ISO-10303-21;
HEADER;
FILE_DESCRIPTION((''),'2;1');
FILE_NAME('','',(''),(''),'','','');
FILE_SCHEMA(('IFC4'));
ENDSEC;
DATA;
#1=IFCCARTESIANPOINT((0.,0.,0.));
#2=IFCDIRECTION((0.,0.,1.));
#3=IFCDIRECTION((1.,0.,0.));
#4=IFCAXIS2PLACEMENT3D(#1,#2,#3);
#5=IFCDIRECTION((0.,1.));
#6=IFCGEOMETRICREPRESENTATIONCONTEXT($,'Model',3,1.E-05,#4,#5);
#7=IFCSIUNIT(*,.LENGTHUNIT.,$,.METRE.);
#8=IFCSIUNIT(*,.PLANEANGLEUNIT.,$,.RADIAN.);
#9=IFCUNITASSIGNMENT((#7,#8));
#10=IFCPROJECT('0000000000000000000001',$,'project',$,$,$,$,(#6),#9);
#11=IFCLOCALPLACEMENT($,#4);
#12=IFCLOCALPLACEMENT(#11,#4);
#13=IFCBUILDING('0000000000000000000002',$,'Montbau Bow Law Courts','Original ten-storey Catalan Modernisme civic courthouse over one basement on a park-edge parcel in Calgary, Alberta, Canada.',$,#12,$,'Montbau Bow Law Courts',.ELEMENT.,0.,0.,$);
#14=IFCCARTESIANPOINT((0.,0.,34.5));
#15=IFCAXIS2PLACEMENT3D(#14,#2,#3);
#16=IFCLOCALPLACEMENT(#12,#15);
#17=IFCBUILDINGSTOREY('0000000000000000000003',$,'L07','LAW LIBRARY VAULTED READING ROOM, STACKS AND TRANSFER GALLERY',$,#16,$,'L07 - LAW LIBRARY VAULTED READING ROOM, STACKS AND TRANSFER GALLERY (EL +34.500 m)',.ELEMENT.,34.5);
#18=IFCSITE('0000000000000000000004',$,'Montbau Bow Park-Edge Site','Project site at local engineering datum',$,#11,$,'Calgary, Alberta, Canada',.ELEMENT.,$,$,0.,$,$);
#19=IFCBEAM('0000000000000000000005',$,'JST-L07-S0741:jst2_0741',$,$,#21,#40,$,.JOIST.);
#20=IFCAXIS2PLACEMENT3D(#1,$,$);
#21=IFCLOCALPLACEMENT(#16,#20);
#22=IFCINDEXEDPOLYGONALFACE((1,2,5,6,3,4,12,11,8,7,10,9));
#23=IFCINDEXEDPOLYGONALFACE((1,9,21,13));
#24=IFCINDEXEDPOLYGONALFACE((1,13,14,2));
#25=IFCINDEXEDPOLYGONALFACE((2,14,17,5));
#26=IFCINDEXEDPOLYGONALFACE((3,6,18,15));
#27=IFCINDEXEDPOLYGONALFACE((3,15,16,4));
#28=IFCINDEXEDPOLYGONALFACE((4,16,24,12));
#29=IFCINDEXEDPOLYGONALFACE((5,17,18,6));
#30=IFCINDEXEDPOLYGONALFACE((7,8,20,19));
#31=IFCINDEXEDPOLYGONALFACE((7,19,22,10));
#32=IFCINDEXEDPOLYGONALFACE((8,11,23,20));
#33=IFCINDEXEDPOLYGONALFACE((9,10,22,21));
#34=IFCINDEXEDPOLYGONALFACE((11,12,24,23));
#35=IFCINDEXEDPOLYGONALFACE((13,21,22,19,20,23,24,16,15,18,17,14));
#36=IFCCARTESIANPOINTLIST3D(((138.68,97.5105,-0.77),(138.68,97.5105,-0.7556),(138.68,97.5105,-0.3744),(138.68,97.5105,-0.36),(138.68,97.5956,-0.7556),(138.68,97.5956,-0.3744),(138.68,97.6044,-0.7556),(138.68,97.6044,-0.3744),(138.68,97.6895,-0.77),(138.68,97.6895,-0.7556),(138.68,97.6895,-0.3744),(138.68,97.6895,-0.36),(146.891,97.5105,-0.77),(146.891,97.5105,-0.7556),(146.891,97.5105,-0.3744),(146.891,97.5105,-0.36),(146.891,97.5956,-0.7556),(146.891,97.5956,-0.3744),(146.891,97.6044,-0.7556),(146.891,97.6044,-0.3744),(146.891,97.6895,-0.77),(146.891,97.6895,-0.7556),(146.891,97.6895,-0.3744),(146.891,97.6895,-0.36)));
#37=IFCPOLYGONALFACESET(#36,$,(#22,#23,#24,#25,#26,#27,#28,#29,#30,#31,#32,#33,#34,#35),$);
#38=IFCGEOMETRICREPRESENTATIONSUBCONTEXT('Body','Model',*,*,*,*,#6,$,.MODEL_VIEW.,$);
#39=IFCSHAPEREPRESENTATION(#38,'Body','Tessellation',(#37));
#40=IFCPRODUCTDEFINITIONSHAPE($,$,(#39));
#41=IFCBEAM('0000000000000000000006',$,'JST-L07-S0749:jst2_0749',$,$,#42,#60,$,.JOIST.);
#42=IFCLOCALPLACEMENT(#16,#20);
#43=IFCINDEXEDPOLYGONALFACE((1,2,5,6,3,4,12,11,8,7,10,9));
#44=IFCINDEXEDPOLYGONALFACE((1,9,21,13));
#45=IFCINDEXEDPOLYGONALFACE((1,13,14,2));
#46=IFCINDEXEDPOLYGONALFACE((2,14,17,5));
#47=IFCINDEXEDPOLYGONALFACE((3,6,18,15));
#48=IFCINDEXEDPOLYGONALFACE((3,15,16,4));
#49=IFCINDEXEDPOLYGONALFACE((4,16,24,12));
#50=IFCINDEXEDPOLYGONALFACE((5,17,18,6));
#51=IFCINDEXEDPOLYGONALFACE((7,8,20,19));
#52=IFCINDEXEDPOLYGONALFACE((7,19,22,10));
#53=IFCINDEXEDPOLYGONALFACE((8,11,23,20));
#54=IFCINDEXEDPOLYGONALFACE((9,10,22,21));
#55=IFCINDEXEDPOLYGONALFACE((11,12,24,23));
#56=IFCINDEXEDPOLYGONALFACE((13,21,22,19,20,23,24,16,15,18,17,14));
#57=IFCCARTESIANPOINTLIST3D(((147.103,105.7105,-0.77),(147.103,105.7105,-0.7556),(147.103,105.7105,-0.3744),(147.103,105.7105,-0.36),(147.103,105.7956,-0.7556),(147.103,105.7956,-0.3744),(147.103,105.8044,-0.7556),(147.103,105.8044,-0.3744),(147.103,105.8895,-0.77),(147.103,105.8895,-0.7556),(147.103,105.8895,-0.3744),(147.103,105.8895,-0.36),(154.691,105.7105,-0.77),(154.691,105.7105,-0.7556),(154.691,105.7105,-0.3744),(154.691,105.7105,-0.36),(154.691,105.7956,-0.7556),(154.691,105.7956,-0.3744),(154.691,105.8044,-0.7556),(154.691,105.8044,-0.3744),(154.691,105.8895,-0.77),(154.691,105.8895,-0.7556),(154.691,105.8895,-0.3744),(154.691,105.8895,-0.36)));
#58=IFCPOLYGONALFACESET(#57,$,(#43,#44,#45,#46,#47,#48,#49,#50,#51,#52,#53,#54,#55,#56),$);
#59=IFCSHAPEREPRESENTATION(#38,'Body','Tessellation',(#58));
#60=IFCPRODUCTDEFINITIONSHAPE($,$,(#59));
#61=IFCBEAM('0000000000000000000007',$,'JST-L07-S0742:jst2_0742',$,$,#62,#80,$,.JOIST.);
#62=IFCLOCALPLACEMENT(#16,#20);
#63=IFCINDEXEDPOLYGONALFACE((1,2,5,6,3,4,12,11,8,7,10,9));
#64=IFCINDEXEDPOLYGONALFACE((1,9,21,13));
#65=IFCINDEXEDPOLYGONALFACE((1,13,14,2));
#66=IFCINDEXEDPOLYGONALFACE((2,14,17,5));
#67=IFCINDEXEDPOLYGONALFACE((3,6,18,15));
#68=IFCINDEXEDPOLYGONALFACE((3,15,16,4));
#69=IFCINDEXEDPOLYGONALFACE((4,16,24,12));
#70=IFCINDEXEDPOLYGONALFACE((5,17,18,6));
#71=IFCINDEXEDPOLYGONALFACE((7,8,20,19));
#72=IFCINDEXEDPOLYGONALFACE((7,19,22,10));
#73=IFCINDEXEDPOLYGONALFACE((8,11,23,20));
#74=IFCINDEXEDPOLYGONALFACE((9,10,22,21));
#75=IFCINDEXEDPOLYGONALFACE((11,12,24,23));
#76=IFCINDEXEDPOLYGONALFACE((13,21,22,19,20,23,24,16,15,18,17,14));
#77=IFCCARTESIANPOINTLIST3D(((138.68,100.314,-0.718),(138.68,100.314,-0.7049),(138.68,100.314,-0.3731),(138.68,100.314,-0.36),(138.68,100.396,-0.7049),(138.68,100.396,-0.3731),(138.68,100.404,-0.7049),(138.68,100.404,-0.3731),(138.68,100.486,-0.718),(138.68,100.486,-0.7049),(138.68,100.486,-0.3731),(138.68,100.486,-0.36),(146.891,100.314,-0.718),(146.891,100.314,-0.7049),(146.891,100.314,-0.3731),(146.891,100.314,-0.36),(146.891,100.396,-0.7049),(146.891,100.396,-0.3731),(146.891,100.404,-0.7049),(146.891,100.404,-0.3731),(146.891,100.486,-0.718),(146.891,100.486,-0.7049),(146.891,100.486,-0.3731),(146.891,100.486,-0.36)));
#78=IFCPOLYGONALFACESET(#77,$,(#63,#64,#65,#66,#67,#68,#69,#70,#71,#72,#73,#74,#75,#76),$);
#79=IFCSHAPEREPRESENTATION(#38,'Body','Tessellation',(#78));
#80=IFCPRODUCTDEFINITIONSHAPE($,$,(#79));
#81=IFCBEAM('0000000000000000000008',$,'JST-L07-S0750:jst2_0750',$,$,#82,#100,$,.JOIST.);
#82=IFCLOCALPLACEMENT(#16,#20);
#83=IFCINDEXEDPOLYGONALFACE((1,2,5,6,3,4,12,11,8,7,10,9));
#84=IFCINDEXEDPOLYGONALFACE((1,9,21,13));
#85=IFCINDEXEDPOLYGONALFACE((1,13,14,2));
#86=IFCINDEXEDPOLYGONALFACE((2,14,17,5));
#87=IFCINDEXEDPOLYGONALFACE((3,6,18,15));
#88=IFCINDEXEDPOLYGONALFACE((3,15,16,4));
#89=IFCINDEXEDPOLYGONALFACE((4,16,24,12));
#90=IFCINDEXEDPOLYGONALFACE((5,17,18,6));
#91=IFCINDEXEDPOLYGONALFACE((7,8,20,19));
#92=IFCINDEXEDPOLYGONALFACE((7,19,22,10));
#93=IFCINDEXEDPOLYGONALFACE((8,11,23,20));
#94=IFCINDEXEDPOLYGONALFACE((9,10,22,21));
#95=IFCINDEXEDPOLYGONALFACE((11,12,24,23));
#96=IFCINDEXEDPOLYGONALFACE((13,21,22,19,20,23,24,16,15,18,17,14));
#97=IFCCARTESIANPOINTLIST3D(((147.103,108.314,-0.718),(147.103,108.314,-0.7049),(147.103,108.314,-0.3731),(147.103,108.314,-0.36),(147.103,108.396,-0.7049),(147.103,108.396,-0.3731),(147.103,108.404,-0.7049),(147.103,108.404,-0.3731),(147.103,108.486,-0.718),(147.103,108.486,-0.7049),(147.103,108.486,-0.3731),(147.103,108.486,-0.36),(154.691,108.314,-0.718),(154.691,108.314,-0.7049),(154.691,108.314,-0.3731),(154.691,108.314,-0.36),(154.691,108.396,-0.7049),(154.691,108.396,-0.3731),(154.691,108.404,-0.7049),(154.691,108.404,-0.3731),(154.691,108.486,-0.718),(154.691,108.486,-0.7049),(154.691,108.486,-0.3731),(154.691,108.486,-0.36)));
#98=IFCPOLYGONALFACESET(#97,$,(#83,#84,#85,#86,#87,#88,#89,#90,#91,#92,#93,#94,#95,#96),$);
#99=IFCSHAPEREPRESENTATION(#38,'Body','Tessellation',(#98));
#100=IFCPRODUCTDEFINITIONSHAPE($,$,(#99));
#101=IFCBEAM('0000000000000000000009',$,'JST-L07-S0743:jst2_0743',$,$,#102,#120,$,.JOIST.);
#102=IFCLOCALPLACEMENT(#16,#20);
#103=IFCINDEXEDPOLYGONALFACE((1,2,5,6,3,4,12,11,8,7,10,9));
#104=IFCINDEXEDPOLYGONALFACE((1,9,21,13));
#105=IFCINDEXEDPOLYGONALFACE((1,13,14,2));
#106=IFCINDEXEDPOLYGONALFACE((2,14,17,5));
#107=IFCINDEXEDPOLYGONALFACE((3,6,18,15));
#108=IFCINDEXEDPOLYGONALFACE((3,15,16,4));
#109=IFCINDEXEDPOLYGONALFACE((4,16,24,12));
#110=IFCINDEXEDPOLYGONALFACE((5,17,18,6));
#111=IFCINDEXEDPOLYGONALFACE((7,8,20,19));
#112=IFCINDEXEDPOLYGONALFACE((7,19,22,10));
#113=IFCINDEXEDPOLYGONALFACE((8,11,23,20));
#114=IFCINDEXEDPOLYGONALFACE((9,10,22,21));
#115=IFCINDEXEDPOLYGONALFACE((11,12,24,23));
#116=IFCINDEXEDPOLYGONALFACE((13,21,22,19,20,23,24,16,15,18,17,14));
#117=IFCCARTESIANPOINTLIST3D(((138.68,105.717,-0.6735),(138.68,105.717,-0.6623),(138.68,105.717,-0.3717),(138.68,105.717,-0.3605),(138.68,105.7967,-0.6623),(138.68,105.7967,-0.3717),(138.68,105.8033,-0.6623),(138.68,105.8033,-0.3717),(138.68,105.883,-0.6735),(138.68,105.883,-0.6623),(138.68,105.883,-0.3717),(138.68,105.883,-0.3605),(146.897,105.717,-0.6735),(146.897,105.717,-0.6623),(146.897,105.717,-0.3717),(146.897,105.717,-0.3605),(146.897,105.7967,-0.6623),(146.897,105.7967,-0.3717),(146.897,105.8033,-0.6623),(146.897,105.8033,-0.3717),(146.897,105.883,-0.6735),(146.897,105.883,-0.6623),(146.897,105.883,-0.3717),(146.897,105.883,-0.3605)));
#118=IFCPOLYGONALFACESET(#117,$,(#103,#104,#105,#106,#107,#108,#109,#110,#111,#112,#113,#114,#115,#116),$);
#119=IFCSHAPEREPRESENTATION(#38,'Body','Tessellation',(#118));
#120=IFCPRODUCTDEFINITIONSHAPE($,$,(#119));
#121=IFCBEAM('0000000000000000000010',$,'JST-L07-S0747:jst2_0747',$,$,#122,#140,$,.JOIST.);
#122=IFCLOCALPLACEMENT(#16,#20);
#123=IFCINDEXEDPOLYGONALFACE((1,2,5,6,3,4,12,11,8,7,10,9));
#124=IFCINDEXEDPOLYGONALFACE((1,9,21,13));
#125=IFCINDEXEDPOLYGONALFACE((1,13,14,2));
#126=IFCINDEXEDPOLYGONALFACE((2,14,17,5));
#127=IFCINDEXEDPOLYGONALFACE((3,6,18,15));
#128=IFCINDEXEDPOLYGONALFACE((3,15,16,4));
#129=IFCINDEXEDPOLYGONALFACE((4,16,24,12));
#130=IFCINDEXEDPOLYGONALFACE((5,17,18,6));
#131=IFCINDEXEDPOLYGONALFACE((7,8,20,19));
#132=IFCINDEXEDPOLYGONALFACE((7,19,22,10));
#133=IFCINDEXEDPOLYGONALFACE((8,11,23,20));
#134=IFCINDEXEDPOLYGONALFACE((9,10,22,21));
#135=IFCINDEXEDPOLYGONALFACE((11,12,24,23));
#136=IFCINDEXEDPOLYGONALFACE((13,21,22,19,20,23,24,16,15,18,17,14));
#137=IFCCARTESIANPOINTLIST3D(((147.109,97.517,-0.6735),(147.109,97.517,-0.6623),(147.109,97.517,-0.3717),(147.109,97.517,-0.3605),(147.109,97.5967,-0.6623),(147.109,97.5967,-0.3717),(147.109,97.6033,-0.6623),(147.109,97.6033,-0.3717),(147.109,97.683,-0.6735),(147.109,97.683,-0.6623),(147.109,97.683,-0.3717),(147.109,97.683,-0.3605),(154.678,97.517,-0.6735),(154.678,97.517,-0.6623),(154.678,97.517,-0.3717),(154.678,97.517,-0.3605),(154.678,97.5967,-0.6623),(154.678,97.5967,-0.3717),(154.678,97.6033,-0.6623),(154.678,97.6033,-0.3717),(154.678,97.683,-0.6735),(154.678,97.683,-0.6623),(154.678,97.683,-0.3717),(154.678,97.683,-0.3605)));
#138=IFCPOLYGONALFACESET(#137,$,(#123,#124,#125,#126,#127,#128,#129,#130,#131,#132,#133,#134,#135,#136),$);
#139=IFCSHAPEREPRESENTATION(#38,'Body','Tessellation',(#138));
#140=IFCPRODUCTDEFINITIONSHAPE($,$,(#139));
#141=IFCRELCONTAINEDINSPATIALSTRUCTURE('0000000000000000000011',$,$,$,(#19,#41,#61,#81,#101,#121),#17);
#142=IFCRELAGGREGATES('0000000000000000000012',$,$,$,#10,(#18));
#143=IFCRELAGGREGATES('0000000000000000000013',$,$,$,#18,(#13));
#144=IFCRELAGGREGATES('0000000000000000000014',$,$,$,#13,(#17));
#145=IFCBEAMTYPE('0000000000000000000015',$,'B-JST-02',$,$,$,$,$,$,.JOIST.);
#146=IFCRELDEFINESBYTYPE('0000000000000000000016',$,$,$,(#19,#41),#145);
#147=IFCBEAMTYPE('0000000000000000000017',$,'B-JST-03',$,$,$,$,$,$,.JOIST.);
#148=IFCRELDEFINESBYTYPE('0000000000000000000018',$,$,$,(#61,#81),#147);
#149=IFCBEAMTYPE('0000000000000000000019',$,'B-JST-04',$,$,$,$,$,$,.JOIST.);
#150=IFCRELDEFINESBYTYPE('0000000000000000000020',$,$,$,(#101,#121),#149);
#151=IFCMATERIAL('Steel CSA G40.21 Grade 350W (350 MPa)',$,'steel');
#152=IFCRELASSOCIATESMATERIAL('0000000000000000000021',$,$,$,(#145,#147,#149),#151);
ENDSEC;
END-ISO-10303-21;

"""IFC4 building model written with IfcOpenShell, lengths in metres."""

from ifc_helpers import new_model, si_unit, direction, frame, origin_with_axes, origin_2d_with_axis, place, context, subcontext, project, spatial, i_section, extrude, material, material_profile, profile_set, type_object, element, save


model = new_model("IFC4")

# Units and contexts
model_context = context("Model", 3, precision=1e-05, world=origin_with_axes(), true_north=direction((0.0, 1.0)))
body_context = subcontext(model_context, "Body", "Model", "MODEL_VIEW")
ifc_project = project(units=[si_unit("LENGTHUNIT", "METRE"), si_unit("PLANEANGLEUNIT", "RADIAN")], contexts=[model_context])

# Site, building, storey
site_placement = place(None, origin_with_axes())
site = spatial("IfcSite", under=ifc_project, at=site_placement, Name="Montbau Bow Park-Edge Site", Description="Project site at local engineering datum", LongName="Calgary, Alberta, Canada", CompositionType="ELEMENT", RefElevation=0.0)
building_placement = place(site_placement, origin_with_axes())
building = spatial("IfcBuilding", under=site, at=building_placement, Name="Montbau Bow Law Courts", Description="Original ten-storey Catalan Modernisme civic courthouse over one basement on a park-edge parcel in Calgary, Alberta, Canada.", LongName="Montbau Bow Law Courts", CompositionType="ELEMENT", ElevationOfRefHeight=0.0, ElevationOfTerrain=0.0)
storey_placement = place(building_placement, frame((0.0, 0.0, 34.5), z_axis=(0.0, 0.0, 1.0), x_axis=(1.0, 0.0, 0.0)))
storey = spatial("IfcBuildingStorey", under=building, at=storey_placement, Name="L07", Description="LAW LIBRARY VAULTED READING ROOM, STACKS AND TRANSFER GALLERY", LongName="L07 - LAW LIBRARY VAULTED READING ROOM, STACKS AND TRANSFER GALLERY (EL +34.500 m)", CompositionType="ELEMENT", Elevation=34.5)

# Shared definitions
ifc_material_1 = material(Name="Steel CSA G40.21 Grade 350W (350 MPa)", Category="steel")

# Beams
ifc_material_profile_1 = material_profile(ifc_material_1, i_section(OverallWidth=0.179, OverallDepth=0.41, WebThickness=0.0088, FlangeThickness=0.0144, at=origin_2d_with_axis()), Name="W410X67", Category="Main", Priority=0)
ifc_profile_set_1 = profile_set([ifc_material_profile_1], Name="Steel CSA G40.21 Grade 350W (350 MPa)")
beam_type_1 = type_object("IfcBeamType", Name="B-JST-02", PredefinedType="JOIST", material=ifc_profile_set_1)
beam_1_placement = place(None, frame((138.68, 97.6, 33.935), z_axis=(1.0, 0.0, 0.0), x_axis=(0.0, 1.0, 0.0)))
element("IfcBeam", 1, at=beam_1_placement, inside=storey, type_object=beam_type_1, Name="JST-L07-S0741:jst2_0741", PredefinedType="JOIST", context=body_context, shape_type="SweptSolid", body=[
    extrude(i_section(OverallWidth=0.179, OverallDepth=0.41, WebThickness=0.0088, FlangeThickness=0.0144, at=origin_2d_with_axis()), origin_with_axes(), (0.0, 0.0, 1.0), 8.211),
])
beam_2_placement = place(None, frame((147.103, 105.8, 33.935), z_axis=(1.0, 0.0, 0.0), x_axis=(0.0, 1.0, 0.0)))
element("IfcBeam", 2, at=beam_2_placement, inside=storey, type_object=beam_type_1, Name="JST-L07-S0749:jst2_0749", PredefinedType="JOIST", context=body_context, shape_type="SweptSolid", body=[
    extrude(i_section(OverallWidth=0.179, OverallDepth=0.41, WebThickness=0.0088, FlangeThickness=0.0144, at=origin_2d_with_axis()), origin_with_axes(), (0.0, 0.0, 1.0), 7.588),
])
ifc_material_profile_2 = material_profile(ifc_material_1, i_section(OverallWidth=0.172, OverallDepth=0.358, WebThickness=0.0079, FlangeThickness=0.0131, at=origin_2d_with_axis()), Name="W360X57", Category="Main", Priority=0)
ifc_profile_set_2 = profile_set([ifc_material_profile_2], Name="Steel CSA G40.21 Grade 350W (350 MPa)")
beam_type_2 = type_object("IfcBeamType", Name="B-JST-03", PredefinedType="JOIST", material=ifc_profile_set_2)
beam_3_placement = place(None, frame((138.68, 100.4, 33.961), z_axis=(1.0, 0.0, 0.0), x_axis=(0.0, 1.0, 0.0)))
element("IfcBeam", 3, at=beam_3_placement, inside=storey, type_object=beam_type_2, Name="JST-L07-S0742:jst2_0742", PredefinedType="JOIST", context=body_context, shape_type="SweptSolid", body=[
    extrude(i_section(OverallWidth=0.172, OverallDepth=0.358, WebThickness=0.0079, FlangeThickness=0.0131, at=origin_2d_with_axis()), origin_with_axes(), (0.0, 0.0, 1.0), 8.211),
])
beam_4_placement = place(None, frame((147.103, 108.4, 33.961), z_axis=(1.0, 0.0, 0.0), x_axis=(0.0, 1.0, 0.0)))
element("IfcBeam", 4, at=beam_4_placement, inside=storey, type_object=beam_type_2, Name="JST-L07-S0750:jst2_0750", PredefinedType="JOIST", context=body_context, shape_type="SweptSolid", body=[
    extrude(i_section(OverallWidth=0.172, OverallDepth=0.358, WebThickness=0.0079, FlangeThickness=0.0131, at=origin_2d_with_axis()), origin_with_axes(), (0.0, 0.0, 1.0), 7.588),
])
ifc_material_profile_3 = material_profile(ifc_material_1, i_section(OverallWidth=0.166, OverallDepth=0.313, WebThickness=0.0066, FlangeThickness=0.0112, at=origin_2d_with_axis()), Name="W310X45", Category="Main", Priority=0)
ifc_profile_set_3 = profile_set([ifc_material_profile_3], Name="Steel CSA G40.21 Grade 350W (350 MPa)")
beam_type_3 = type_object("IfcBeamType", Name="B-JST-04", PredefinedType="JOIST", material=ifc_profile_set_3)
beam_5_placement = place(None, frame((138.68, 105.8, 33.983), z_axis=(1.0, 0.0, 0.0), x_axis=(0.0, 1.0, 0.0)))
element("IfcBeam", 5, at=beam_5_placement, inside=storey, type_object=beam_type_3, Name="JST-L07-S0743:jst2_0743", PredefinedType="JOIST", context=body_context, shape_type="SweptSolid", body=[
    extrude(i_section(OverallWidth=0.166, OverallDepth=0.313, WebThickness=0.0066, FlangeThickness=0.0112, at=origin_2d_with_axis()), origin_with_axes(), (0.0, 0.0, 1.0), 8.217),
])
beam_6_placement = place(None, frame((147.109, 97.6, 33.983), z_axis=(1.0, 0.0, 0.0), x_axis=(0.0, 1.0, 0.0)))
element("IfcBeam", 6, at=beam_6_placement, inside=storey, type_object=beam_type_3, Name="JST-L07-S0747:jst2_0747", PredefinedType="JOIST", context=body_context, shape_type="SweptSolid", body=[
    extrude(i_section(OverallWidth=0.166, OverallDepth=0.313, WebThickness=0.0066, FlangeThickness=0.0112, at=origin_2d_with_axis()), origin_with_axes(), (0.0, 0.0, 1.0), 7.569),
])

save(model, "model.ifc")
